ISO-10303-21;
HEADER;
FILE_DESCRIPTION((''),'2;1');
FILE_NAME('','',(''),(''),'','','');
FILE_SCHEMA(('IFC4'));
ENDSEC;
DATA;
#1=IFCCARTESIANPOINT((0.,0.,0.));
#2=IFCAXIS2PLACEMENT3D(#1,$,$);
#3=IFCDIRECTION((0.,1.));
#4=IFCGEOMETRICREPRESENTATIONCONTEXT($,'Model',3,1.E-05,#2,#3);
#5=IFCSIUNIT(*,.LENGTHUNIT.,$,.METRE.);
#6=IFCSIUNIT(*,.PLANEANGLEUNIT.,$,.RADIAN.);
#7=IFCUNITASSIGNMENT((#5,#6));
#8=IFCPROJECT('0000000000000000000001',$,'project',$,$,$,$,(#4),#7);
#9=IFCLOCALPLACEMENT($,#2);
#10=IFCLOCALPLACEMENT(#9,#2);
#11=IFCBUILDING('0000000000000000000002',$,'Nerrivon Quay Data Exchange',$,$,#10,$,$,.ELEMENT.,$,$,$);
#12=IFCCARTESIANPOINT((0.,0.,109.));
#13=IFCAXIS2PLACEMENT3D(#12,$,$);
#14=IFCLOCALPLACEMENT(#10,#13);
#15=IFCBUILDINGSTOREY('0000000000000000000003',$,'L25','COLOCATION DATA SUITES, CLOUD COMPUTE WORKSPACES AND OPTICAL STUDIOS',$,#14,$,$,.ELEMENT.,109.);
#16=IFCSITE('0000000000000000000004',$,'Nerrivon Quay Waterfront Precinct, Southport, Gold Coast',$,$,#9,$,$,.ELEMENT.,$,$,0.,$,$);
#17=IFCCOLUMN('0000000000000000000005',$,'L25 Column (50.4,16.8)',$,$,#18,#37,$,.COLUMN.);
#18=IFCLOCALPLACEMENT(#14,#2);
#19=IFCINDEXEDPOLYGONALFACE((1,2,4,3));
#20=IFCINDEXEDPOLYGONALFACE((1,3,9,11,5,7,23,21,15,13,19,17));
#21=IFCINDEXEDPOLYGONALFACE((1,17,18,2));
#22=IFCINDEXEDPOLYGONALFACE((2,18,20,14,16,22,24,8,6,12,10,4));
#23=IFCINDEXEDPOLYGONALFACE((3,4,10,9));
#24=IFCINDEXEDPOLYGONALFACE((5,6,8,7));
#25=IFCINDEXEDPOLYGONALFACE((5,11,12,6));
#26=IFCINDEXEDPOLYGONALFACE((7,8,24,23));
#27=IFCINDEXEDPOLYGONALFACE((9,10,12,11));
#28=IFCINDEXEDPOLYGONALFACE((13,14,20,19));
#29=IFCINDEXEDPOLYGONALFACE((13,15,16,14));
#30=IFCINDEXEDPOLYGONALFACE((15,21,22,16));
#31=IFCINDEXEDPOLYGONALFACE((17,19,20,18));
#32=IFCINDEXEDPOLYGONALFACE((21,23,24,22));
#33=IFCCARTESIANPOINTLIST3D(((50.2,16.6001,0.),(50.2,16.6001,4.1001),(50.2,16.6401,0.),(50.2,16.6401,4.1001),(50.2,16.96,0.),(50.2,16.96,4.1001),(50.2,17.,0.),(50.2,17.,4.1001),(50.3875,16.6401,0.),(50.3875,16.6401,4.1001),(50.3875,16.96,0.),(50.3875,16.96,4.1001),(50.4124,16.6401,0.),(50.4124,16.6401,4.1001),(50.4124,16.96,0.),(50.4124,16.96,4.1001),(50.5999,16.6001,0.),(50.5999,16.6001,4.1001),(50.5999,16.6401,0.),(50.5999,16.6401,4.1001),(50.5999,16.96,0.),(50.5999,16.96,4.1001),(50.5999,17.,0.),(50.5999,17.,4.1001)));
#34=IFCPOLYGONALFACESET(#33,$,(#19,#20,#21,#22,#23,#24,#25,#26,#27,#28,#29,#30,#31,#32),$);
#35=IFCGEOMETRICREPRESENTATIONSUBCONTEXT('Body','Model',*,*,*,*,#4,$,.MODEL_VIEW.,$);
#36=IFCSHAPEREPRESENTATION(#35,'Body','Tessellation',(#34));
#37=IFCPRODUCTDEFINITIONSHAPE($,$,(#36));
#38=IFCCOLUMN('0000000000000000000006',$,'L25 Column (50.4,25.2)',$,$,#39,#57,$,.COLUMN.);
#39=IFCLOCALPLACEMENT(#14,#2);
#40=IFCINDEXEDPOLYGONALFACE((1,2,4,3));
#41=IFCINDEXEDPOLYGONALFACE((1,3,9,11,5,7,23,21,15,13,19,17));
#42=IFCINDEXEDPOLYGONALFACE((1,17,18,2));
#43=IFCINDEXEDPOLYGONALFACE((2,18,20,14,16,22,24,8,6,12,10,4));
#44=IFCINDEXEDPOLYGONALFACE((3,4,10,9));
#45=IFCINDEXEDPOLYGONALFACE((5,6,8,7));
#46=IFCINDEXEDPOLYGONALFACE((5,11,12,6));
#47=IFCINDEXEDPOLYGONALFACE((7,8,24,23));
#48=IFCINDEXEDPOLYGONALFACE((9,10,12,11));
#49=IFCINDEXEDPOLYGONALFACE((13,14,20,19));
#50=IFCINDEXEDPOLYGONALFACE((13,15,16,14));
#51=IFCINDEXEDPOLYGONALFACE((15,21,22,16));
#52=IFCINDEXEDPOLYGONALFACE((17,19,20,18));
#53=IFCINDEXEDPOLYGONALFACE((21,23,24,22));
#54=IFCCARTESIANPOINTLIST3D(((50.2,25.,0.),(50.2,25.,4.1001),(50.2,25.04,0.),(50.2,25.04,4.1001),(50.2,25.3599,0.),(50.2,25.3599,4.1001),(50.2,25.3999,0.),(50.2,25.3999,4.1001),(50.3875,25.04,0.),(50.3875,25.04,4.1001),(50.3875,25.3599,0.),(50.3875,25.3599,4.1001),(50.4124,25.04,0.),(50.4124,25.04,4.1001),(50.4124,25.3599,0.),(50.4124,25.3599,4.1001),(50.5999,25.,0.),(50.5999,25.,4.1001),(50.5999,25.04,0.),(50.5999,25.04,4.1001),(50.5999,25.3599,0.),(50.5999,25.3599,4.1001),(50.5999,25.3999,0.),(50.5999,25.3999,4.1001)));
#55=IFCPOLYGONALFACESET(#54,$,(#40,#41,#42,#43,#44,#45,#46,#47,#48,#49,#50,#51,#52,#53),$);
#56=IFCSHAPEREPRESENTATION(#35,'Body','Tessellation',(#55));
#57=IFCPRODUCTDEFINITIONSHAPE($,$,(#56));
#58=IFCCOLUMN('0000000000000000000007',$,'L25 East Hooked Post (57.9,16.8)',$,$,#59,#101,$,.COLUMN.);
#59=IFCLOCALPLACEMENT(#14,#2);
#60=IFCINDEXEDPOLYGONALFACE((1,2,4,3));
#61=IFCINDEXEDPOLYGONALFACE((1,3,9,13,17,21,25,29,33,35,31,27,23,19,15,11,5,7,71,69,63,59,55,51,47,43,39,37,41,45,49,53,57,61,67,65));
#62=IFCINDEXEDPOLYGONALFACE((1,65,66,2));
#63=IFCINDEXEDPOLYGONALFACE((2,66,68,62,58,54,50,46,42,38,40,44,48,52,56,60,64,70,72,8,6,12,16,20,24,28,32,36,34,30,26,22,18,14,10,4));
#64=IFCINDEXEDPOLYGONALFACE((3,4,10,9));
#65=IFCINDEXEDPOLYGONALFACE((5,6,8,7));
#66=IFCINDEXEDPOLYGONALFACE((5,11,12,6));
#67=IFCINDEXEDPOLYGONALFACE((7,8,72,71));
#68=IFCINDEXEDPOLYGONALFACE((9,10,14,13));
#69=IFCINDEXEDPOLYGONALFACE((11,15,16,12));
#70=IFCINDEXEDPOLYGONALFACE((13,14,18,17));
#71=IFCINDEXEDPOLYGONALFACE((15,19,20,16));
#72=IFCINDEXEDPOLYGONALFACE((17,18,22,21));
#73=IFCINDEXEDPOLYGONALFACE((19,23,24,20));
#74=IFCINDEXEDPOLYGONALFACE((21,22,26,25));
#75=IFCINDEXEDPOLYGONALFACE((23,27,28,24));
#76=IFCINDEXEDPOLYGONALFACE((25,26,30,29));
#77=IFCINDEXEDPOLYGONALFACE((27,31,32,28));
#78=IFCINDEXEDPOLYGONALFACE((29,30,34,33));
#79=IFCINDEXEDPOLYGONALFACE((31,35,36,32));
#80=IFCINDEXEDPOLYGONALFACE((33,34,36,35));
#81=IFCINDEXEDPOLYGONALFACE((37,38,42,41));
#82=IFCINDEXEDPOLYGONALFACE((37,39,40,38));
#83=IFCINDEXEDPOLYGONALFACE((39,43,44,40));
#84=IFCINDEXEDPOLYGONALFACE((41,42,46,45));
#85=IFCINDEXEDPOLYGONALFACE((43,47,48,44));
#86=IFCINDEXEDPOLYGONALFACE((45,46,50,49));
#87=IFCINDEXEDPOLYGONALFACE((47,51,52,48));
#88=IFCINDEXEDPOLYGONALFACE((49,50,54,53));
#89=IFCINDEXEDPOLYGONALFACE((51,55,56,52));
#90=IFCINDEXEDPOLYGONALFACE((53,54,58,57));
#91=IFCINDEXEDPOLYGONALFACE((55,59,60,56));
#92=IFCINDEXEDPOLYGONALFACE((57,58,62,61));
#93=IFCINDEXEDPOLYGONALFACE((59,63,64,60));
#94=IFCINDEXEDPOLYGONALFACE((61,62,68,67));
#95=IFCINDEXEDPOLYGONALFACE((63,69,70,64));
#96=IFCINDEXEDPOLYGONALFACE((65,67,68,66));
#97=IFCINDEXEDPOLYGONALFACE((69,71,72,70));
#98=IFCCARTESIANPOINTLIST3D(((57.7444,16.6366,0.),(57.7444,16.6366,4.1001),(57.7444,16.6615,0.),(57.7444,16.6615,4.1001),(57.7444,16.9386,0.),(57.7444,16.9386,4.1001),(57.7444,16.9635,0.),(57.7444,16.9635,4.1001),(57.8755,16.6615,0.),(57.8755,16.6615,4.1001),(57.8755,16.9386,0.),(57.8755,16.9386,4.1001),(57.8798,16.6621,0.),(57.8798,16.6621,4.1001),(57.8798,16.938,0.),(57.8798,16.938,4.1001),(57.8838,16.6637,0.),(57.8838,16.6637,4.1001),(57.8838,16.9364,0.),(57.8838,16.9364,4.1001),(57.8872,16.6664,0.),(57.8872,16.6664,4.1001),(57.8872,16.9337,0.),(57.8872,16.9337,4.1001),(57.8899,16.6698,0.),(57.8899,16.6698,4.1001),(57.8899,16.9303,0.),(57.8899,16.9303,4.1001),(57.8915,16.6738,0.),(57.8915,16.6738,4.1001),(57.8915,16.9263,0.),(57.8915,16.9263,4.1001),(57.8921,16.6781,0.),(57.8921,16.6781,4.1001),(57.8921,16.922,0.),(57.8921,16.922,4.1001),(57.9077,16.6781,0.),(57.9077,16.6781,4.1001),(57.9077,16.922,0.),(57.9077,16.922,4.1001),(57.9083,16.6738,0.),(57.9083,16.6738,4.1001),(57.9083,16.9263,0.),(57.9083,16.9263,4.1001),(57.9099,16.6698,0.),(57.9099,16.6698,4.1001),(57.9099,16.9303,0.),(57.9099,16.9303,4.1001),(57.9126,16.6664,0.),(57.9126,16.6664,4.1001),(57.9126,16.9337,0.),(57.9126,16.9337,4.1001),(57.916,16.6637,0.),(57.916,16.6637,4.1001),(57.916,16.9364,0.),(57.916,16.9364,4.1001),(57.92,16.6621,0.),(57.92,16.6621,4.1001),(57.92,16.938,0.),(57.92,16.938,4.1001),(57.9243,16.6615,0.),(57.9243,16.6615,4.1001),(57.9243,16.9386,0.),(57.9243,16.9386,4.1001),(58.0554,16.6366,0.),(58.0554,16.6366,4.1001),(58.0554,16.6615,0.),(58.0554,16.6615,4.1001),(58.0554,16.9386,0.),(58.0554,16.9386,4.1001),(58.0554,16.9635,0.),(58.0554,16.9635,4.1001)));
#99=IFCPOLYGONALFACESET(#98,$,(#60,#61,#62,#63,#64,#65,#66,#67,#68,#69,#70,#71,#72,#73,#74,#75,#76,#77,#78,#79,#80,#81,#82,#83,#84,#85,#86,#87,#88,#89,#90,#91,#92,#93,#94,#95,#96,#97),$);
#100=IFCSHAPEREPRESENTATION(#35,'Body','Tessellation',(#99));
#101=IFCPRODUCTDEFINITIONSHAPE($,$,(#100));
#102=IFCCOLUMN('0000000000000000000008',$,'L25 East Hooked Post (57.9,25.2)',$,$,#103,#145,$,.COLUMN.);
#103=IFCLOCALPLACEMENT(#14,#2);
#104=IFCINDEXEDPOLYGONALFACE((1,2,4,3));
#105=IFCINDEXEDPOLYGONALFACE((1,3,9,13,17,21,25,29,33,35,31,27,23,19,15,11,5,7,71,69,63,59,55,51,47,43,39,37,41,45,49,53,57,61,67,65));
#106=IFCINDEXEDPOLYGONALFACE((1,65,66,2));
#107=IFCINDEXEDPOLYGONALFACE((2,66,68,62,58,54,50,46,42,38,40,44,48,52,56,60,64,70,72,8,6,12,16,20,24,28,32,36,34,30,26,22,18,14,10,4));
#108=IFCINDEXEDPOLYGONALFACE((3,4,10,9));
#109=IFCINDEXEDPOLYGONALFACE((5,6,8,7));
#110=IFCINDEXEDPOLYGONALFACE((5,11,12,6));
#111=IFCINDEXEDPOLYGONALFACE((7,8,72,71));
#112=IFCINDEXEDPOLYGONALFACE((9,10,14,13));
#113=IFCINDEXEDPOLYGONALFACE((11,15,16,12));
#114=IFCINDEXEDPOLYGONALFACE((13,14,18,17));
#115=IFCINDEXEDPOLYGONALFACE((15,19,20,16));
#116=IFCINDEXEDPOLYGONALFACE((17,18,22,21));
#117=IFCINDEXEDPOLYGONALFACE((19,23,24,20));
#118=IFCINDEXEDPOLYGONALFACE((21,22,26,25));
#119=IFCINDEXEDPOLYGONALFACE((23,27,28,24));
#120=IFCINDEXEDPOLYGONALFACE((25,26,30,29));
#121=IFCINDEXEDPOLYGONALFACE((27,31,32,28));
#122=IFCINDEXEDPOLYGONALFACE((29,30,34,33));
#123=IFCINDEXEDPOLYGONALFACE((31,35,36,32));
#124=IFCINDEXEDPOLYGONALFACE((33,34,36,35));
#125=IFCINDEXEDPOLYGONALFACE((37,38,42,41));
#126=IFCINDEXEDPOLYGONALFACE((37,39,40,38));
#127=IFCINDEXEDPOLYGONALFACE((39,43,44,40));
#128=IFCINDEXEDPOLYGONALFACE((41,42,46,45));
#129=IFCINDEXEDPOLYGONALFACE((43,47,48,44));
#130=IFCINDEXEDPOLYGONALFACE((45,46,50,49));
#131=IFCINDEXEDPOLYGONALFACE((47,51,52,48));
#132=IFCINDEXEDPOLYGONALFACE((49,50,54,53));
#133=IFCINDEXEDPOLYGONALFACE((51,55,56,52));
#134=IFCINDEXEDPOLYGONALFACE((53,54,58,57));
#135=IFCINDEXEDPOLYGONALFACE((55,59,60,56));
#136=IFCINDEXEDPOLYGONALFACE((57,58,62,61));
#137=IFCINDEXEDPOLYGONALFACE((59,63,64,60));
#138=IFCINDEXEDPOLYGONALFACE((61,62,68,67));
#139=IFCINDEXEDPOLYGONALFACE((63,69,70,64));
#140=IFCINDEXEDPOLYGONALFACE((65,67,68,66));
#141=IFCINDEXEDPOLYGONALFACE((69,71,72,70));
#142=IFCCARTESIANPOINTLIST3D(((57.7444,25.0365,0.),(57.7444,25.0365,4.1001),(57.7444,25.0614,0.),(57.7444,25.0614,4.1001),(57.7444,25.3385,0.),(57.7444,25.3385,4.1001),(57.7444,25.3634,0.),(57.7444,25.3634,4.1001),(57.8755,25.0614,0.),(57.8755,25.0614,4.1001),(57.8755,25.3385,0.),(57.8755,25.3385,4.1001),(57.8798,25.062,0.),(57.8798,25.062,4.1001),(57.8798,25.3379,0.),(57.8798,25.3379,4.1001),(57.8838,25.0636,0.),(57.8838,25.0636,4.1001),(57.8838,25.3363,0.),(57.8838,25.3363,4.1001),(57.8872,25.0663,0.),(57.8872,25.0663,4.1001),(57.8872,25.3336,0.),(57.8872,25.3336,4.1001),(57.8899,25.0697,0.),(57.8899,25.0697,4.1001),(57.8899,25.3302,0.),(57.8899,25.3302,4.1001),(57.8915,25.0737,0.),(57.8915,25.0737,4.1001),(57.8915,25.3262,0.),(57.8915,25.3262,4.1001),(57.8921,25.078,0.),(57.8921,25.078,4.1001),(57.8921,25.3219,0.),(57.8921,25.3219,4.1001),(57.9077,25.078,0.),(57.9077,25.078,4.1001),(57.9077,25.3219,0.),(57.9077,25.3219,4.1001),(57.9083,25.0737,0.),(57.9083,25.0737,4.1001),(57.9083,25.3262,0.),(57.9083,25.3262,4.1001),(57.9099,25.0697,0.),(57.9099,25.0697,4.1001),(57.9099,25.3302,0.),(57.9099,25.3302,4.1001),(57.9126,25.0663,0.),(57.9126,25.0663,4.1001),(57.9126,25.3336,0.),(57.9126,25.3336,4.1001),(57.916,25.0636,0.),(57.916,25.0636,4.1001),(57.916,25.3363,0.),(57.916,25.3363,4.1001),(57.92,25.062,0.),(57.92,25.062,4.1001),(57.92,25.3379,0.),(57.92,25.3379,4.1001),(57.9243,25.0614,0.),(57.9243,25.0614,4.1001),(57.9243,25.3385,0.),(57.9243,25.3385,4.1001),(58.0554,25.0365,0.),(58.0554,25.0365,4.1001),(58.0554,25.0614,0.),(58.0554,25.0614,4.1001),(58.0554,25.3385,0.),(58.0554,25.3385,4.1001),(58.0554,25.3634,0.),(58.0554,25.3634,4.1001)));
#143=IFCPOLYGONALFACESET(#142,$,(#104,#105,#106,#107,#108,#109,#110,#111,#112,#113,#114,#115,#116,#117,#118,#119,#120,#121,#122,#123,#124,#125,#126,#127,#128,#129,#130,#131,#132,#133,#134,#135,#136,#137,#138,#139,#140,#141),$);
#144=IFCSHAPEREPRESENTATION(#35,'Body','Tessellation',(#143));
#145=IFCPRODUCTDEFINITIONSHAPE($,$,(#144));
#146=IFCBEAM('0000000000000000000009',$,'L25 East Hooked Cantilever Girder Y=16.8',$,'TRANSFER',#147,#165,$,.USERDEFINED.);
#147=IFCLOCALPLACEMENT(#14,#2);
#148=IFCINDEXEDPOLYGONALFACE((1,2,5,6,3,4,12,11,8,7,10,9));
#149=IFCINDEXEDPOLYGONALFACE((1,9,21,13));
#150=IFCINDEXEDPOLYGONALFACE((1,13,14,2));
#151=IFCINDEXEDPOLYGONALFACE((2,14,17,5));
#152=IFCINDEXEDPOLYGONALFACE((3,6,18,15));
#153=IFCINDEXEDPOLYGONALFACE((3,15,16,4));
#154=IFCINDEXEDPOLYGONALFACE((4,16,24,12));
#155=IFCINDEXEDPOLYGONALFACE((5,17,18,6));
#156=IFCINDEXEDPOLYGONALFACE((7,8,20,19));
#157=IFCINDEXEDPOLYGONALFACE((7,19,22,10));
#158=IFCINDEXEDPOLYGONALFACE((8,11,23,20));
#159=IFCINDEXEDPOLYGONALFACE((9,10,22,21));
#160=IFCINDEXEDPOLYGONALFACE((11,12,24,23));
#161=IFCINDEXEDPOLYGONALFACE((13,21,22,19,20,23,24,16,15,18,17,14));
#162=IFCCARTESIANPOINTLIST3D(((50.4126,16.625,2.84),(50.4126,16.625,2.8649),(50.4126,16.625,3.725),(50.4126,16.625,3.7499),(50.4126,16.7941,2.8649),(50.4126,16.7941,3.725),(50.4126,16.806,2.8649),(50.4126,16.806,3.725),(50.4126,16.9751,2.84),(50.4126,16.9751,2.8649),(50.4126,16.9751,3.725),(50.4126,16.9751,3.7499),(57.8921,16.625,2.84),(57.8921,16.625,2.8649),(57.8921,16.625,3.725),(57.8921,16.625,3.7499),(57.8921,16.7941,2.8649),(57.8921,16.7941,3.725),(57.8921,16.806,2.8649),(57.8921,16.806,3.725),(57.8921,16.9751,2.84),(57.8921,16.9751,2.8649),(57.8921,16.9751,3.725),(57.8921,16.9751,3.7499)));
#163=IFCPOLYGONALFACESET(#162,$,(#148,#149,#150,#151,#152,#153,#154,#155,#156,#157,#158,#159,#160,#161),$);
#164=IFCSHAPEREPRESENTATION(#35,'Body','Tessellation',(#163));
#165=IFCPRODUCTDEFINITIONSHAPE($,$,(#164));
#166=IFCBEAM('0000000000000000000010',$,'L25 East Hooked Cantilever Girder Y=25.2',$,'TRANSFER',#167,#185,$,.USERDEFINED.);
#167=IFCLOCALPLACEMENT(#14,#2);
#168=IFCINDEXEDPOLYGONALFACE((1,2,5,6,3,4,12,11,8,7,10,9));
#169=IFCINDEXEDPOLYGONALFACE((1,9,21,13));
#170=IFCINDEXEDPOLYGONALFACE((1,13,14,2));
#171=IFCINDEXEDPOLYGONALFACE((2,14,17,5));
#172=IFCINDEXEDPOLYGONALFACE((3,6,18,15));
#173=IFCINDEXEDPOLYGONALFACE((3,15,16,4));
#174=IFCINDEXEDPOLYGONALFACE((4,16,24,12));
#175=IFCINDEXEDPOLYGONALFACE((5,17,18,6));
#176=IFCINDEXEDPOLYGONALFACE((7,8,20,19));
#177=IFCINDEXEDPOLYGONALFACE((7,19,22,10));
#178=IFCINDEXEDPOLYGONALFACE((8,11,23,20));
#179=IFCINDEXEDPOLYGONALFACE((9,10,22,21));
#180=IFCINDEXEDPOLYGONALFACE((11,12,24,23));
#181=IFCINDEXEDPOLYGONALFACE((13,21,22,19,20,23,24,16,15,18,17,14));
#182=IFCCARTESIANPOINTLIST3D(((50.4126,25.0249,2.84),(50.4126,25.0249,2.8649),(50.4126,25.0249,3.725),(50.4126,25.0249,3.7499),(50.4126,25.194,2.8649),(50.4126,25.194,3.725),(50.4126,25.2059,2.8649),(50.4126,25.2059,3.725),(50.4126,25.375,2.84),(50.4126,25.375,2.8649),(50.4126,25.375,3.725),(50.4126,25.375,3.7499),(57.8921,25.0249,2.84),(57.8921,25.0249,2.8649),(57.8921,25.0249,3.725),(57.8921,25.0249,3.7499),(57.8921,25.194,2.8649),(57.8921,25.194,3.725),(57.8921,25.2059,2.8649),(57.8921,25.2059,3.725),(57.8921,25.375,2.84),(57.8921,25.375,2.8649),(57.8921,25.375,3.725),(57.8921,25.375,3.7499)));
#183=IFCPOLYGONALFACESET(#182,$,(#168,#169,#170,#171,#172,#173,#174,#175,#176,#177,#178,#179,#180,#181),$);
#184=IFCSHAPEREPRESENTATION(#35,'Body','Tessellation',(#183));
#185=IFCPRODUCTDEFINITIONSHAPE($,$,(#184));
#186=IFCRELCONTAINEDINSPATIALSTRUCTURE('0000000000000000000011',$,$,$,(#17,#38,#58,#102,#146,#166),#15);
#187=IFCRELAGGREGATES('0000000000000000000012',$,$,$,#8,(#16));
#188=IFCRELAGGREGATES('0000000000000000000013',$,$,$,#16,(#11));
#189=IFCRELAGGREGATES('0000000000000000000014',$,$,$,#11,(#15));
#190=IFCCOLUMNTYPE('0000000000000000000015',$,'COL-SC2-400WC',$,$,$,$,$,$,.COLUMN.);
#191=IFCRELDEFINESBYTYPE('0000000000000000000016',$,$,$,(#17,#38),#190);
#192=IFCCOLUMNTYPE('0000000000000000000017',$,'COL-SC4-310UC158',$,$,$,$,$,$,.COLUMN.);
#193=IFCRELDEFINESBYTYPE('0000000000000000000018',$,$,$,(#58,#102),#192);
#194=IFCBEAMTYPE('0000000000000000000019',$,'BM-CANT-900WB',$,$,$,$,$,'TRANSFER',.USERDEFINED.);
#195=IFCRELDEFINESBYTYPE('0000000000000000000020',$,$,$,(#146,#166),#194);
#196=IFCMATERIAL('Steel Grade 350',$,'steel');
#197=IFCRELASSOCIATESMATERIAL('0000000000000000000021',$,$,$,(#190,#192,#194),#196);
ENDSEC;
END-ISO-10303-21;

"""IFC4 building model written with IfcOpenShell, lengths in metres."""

from ifc_helpers import new_model, si_unit, direction, frame, origin, origin_2d, place, context, subcontext, project, spatial, i_section, extrude, material, material_profile, profile_set, type_object, element, save


model = new_model("IFC4")

# Units and contexts
model_context = context("Model", 3, precision=1e-05, world=origin(), true_north=direction((0.0, 1.0)))
body_context = subcontext(model_context, "Body", "Model", "MODEL_VIEW")
ifc_project = project(units=[si_unit("LENGTHUNIT", "METRE"), si_unit("PLANEANGLEUNIT", "RADIAN")], contexts=[model_context])

# Site, building, storey
site_placement = place(None, origin())
site = spatial("IfcSite", under=ifc_project, at=site_placement, Name="Nerrivon Quay Waterfront Precinct, Southport, Gold Coast", CompositionType="ELEMENT", RefElevation=0.0)
building_placement = place(site_placement, origin())
building = spatial("IfcBuilding", under=site, at=building_placement, Name="Nerrivon Quay Data Exchange", CompositionType="ELEMENT")
storey_placement = place(building_placement, frame((0.0, 0.0, 109.0)))
storey = spatial("IfcBuildingStorey", under=building, at=storey_placement, Name="L25", Description="COLOCATION DATA SUITES, CLOUD COMPUTE WORKSPACES AND OPTICAL STUDIOS", CompositionType="ELEMENT", Elevation=109.0)

# Columns
ifc_material_1 = material(Name="Steel Grade 350", Category="steel")
ifc_material_profile_1 = material_profile(ifc_material_1, i_section(OverallWidth=0.3999, OverallDepth=0.3999, WebThickness=0.0249, FlangeThickness=0.04, at=origin_2d()), Name="400WC328")
ifc_profile_set_1 = profile_set([ifc_material_profile_1], Name="Steel Grade 350")
column_type_1 = type_object("IfcColumnType", Name="COL-SC2-400WC", PredefinedType="COLUMN", material=ifc_profile_set_1)
for number, where, z_axis, x_axis, name in (
    (1, (50.3999, 16.8, 0.0), (0.0, 0.0, 1.0), (1.0, 0.0, 0.0), "L25 Column (50.4,16.8)"),
    (2, (50.3999, 25.2, 0.0), (0.0, 0.0, 1.0), (1.0, 0.0, 0.0), "L25 Column (50.4,25.2)"),
):
    element("IfcColumn", number, at=place(storey_placement, frame(where, z_axis=z_axis, x_axis=x_axis)), inside=storey, type_object=column_type_1, Name=name, PredefinedType="COLUMN", context=body_context, shape_type="SweptSolid", body=[
        extrude(i_section(OverallWidth=0.3999, OverallDepth=0.3999, WebThickness=0.0249, FlangeThickness=0.04, at=origin_2d()), origin(), (0.0, 0.0, 1.0), 4.1001),
    ])
ifc_material_profile_2 = material_profile(ifc_material_1, i_section(OverallWidth=0.311, OverallDepth=0.3269, WebThickness=0.0156, FlangeThickness=0.0249, FilletRadius=0.0166, at=origin_2d()), Name="310UC158")
ifc_profile_set_2 = profile_set([ifc_material_profile_2], Name="Steel Grade 350")
column_type_2 = type_object("IfcColumnType", Name="COL-SC4-310UC158", PredefinedType="COLUMN", material=ifc_profile_set_2)
for number, where, z_axis, x_axis, name in (
    (3, (57.8999, 16.8, 0.0), (0.0, 0.0, 1.0), (1.0, 0.0, 0.0), "L25 East Hooked Post (57.9,16.8)"),
    (4, (57.8999, 25.2, 0.0), (0.0, 0.0, 1.0), (1.0, 0.0, 0.0), "L25 East Hooked Post (57.9,25.2)"),
):
    element("IfcColumn", number, at=place(storey_placement, frame(where, z_axis=z_axis, x_axis=x_axis)), inside=storey, type_object=column_type_2, Name=name, PredefinedType="COLUMN", context=body_context, shape_type="SweptSolid", body=[
        extrude(i_section(OverallWidth=0.311, OverallDepth=0.3269, WebThickness=0.0156, FlangeThickness=0.0249, FilletRadius=0.0166, at=origin_2d()), origin(), (0.0, 0.0, 1.0), 4.1001),
    ])

# Beams
ifc_material_profile_3 = material_profile(ifc_material_1, i_section(OverallWidth=0.3501, OverallDepth=0.9099, WebThickness=0.012, FlangeThickness=0.0249, at=origin_2d()), Name="900WB218")
ifc_profile_set_3 = profile_set([ifc_material_profile_3], Name="Steel Grade 350")
beam_type_1 = type_object("IfcBeamType", Name="BM-CANT-900WB", ElementType="TRANSFER", PredefinedType="USERDEFINED", material=ifc_profile_set_3)
for number, where, z_axis, x_axis, name in (
    (5, (50.4126, 16.8, 3.2949), (1.0, 0.0, 0.0), (0.0, 1.0, 0.0), "L25 East Hooked Cantilever Girder Y=16.8"),
    (6, (50.4126, 25.2, 3.2949), (1.0, 0.0, 0.0), (0.0, 1.0, 0.0), "L25 East Hooked Cantilever Girder Y=25.2"),
):
    element("IfcBeam", number, at=place(storey_placement, frame(where, z_axis=z_axis, x_axis=x_axis)), inside=storey, type_object=beam_type_1, Name=name, ObjectType="TRANSFER", PredefinedType="USERDEFINED", context=body_context, shape_type="SweptSolid", body=[
        extrude(i_section(OverallWidth=0.3501, OverallDepth=0.9099, WebThickness=0.012, FlangeThickness=0.0249, at=origin_2d()), origin(), (0.0, 0.0, 1.0), 7.4795),
    ])

save(model, "model.ifc")
